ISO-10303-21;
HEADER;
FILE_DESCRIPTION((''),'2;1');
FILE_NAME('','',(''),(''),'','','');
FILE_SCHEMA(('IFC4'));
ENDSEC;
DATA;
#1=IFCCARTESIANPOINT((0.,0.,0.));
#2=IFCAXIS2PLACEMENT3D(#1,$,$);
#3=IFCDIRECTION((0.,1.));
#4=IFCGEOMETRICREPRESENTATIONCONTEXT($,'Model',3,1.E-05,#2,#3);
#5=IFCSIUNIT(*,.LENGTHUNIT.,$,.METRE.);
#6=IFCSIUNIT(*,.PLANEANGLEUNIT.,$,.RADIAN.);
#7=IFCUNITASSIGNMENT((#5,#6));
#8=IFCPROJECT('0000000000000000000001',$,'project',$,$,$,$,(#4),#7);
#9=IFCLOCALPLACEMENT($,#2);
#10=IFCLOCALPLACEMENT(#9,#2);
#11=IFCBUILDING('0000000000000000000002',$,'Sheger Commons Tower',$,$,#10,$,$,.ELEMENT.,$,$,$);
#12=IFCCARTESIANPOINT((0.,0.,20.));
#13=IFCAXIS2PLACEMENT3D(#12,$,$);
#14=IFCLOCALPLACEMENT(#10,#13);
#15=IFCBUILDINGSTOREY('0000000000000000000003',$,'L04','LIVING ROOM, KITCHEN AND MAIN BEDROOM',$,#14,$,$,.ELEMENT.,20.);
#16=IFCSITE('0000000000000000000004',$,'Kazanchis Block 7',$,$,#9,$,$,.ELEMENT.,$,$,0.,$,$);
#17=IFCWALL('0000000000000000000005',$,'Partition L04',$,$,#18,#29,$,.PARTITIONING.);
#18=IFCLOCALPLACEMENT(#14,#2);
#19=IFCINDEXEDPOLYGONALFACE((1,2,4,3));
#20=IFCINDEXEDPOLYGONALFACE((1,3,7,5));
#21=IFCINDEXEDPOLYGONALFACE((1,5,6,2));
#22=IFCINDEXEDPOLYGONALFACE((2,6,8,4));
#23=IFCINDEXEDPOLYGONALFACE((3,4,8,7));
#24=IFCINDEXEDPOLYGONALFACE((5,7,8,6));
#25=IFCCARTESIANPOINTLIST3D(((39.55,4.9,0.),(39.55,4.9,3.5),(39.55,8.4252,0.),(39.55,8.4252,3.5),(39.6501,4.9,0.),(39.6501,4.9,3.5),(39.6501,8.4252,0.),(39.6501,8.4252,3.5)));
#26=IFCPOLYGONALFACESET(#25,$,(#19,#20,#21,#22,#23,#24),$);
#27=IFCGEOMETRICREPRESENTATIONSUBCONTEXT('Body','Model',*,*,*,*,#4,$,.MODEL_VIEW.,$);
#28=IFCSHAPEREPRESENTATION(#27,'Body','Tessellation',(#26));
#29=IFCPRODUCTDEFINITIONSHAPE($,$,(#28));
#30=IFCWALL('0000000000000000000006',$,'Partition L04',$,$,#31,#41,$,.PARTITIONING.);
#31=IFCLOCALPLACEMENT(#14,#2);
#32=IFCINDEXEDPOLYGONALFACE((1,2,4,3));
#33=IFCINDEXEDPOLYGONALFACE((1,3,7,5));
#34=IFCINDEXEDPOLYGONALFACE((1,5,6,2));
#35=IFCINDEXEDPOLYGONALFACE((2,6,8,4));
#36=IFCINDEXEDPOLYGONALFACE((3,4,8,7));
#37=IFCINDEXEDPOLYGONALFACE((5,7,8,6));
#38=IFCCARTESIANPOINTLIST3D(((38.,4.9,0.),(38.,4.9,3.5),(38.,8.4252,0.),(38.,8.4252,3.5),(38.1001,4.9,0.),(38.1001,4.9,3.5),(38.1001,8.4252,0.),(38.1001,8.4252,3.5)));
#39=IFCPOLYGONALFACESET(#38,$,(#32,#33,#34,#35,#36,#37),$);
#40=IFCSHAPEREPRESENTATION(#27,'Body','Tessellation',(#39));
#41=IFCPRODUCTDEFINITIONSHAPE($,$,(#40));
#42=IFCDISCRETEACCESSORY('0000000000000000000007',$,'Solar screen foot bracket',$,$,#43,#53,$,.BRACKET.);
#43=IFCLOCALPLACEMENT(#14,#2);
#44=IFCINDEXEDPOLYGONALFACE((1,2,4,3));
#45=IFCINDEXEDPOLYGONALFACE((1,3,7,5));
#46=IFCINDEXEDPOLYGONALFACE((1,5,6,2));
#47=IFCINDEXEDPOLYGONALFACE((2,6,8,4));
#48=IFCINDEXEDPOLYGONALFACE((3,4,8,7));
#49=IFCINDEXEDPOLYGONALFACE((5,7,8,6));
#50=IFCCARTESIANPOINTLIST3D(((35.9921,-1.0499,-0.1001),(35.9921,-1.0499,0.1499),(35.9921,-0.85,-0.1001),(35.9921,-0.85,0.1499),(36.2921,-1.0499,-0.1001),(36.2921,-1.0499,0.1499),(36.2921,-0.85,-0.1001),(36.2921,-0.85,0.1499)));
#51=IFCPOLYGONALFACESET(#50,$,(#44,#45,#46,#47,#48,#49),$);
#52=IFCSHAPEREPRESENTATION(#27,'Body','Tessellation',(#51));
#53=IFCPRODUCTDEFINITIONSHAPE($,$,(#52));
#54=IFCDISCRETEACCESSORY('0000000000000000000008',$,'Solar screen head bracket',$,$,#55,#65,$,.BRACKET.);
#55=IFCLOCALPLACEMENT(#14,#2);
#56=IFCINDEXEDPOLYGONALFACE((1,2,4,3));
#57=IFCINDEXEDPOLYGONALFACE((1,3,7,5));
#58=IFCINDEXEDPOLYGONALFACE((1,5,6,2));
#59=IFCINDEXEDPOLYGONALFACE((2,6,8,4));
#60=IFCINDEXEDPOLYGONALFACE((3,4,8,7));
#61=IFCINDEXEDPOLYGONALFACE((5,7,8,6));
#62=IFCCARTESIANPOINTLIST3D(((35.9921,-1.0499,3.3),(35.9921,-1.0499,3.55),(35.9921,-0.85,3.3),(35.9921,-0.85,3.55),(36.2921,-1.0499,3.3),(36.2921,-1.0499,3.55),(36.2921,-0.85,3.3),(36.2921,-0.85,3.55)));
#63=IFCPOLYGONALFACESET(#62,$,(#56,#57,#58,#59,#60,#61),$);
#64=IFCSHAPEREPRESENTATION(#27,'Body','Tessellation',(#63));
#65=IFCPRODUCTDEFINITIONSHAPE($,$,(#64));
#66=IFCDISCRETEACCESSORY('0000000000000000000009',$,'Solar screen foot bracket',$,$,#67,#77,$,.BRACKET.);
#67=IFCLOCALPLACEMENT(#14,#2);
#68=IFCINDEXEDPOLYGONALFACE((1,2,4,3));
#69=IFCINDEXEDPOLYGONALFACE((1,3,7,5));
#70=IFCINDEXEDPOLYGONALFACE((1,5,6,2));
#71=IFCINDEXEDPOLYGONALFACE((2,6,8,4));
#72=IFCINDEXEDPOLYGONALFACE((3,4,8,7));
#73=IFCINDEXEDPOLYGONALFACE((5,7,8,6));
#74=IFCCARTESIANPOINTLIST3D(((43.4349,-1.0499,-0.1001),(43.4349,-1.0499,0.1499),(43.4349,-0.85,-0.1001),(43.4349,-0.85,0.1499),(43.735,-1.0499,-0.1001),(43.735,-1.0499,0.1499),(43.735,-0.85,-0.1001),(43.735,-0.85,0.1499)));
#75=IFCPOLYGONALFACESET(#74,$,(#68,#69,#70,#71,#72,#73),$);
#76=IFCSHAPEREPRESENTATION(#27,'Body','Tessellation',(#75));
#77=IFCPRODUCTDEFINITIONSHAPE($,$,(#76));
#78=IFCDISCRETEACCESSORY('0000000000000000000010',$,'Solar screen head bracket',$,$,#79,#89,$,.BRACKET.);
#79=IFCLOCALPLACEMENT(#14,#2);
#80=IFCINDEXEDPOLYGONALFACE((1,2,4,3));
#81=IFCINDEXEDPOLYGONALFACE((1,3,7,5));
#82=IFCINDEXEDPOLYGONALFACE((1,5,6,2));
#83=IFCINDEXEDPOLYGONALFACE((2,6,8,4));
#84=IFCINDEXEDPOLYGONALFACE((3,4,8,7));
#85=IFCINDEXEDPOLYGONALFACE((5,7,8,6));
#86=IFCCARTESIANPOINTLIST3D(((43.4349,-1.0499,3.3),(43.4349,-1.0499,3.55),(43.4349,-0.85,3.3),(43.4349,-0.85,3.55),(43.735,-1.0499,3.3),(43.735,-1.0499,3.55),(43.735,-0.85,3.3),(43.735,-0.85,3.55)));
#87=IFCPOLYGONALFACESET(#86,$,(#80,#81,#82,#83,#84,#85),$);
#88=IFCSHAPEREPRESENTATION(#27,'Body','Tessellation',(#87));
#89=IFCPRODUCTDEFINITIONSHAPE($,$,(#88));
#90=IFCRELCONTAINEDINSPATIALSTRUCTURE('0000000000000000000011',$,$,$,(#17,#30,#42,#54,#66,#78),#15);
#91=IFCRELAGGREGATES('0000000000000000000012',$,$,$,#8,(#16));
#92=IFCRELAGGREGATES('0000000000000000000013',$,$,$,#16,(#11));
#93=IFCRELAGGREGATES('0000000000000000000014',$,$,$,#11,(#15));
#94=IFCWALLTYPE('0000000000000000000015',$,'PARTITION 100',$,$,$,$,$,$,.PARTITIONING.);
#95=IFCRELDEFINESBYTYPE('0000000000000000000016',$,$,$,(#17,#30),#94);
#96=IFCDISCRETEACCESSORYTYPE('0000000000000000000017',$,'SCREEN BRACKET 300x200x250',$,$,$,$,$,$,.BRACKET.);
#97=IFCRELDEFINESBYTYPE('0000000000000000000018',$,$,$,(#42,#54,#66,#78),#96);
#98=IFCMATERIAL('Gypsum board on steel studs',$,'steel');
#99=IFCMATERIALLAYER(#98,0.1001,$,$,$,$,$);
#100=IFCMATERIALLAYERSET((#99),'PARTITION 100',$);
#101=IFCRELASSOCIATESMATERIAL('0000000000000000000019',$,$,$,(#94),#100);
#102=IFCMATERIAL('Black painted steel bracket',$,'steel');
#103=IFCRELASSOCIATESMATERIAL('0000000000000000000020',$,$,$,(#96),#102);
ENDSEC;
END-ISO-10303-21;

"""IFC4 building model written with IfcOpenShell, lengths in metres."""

from ifc_helpers import new_model, si_unit, direction, frame, frame_2d, origin, origin_2d, place, context, subcontext, project, spatial, rectangle, extrude, material, layer, layer_set, type_object, element, save


model = new_model("IFC4")

# Units and contexts
model_context = context("Model", 3, precision=1e-05, world=origin(), true_north=direction((0.0, 1.0)))
body_context = subcontext(model_context, "Body", "Model", "MODEL_VIEW")
ifc_project = project(units=[si_unit("LENGTHUNIT", "METRE"), si_unit("PLANEANGLEUNIT", "RADIAN")], contexts=[model_context])

# Site, building, storey
site_placement = place(None, origin())
site = spatial("IfcSite", under=ifc_project, at=site_placement, Name="Kazanchis Block 7", CompositionType="ELEMENT", RefElevation=0.0)
building_placement = place(site_placement, origin())
building = spatial("IfcBuilding", under=site, at=building_placement, Name="Sheger Commons Tower", CompositionType="ELEMENT")
storey_placement = place(building_placement, frame((0.0, 0.0, 20.0)))
storey = spatial("IfcBuildingStorey", under=building, at=storey_placement, Name="L04", Description="LIVING ROOM, KITCHEN AND MAIN BEDROOM", CompositionType="ELEMENT", Elevation=20.0)

# Shared definitions
ifc_material_1 = material(Name="Gypsum board on steel studs", Category="steel")
ifc_layer_1 = layer(ifc_material_1, 0.1001)
ifc_layer_set_1 = layer_set([ifc_layer_1], Name="PARTITION 100")
wall_type_1 = type_object("IfcWallType", Name="PARTITION 100", PredefinedType="PARTITIONING", material=ifc_layer_set_1)

# Walls
for number, where, z_axis, x_axis, name in (
    (1, (39.6001, 4.8999, 0.0), (0.0, 0.0, 1.0), (0.0, 1.0, 0.0), "Partition L04"),
    (2, (38.05, 4.8999, 0.0), (0.0, 0.0, 1.0), (0.0, 1.0, 0.0), "Partition L04"),
):
    element("IfcWall", number, at=place(storey_placement, frame(where, z_axis=z_axis, x_axis=x_axis)), inside=storey, type_object=wall_type_1, Name=name, PredefinedType="PARTITIONING", context=body_context, shape_type="SweptSolid", body=[
        extrude(rectangle(XDim=3.5251, YDim=0.1001, at=frame_2d((1.7627, 0.0))), origin(), (0.0, 0.0, 1.0), 3.5),
    ])

# Discrete accessories
ifc_material_2 = material(Name="Black painted steel bracket", Category="steel")
discrete_accessory_type = type_object("IfcDiscreteAccessoryType", Name="SCREEN BRACKET 300x200x250", PredefinedType="BRACKET", material=ifc_material_2)
for number, where, z_axis, x_axis, name in (
    (3, (36.1421, -0.95, -0.1001), (0.0, 0.0, 1.0), (1.0, 0.0, 0.0), "Solar screen foot bracket"),
    (4, (36.1421, -0.95, 3.3), (0.0, 0.0, 1.0), (1.0, 0.0, 0.0), "Solar screen head bracket"),
    (5, (43.585, -0.95, -0.1001), (0.0, 0.0, 1.0), (1.0, 0.0, 0.0), "Solar screen foot bracket"),
    (6, (43.585, -0.95, 3.3), (0.0, 0.0, 1.0), (1.0, 0.0, 0.0), "Solar screen head bracket"),
):
    element("IfcDiscreteAccessory", number, at=place(storey_placement, frame(where, z_axis=z_axis, x_axis=x_axis)), inside=storey, type_object=discrete_accessory_type, Name=name, PredefinedType="BRACKET", context=body_context, shape_type="SweptSolid", body=[
        extrude(rectangle(XDim=0.3, YDim=0.2, at=origin_2d()), origin(), (0.0, 0.0, 1.0), 0.25),
    ])

save(model, "model.ifc")
